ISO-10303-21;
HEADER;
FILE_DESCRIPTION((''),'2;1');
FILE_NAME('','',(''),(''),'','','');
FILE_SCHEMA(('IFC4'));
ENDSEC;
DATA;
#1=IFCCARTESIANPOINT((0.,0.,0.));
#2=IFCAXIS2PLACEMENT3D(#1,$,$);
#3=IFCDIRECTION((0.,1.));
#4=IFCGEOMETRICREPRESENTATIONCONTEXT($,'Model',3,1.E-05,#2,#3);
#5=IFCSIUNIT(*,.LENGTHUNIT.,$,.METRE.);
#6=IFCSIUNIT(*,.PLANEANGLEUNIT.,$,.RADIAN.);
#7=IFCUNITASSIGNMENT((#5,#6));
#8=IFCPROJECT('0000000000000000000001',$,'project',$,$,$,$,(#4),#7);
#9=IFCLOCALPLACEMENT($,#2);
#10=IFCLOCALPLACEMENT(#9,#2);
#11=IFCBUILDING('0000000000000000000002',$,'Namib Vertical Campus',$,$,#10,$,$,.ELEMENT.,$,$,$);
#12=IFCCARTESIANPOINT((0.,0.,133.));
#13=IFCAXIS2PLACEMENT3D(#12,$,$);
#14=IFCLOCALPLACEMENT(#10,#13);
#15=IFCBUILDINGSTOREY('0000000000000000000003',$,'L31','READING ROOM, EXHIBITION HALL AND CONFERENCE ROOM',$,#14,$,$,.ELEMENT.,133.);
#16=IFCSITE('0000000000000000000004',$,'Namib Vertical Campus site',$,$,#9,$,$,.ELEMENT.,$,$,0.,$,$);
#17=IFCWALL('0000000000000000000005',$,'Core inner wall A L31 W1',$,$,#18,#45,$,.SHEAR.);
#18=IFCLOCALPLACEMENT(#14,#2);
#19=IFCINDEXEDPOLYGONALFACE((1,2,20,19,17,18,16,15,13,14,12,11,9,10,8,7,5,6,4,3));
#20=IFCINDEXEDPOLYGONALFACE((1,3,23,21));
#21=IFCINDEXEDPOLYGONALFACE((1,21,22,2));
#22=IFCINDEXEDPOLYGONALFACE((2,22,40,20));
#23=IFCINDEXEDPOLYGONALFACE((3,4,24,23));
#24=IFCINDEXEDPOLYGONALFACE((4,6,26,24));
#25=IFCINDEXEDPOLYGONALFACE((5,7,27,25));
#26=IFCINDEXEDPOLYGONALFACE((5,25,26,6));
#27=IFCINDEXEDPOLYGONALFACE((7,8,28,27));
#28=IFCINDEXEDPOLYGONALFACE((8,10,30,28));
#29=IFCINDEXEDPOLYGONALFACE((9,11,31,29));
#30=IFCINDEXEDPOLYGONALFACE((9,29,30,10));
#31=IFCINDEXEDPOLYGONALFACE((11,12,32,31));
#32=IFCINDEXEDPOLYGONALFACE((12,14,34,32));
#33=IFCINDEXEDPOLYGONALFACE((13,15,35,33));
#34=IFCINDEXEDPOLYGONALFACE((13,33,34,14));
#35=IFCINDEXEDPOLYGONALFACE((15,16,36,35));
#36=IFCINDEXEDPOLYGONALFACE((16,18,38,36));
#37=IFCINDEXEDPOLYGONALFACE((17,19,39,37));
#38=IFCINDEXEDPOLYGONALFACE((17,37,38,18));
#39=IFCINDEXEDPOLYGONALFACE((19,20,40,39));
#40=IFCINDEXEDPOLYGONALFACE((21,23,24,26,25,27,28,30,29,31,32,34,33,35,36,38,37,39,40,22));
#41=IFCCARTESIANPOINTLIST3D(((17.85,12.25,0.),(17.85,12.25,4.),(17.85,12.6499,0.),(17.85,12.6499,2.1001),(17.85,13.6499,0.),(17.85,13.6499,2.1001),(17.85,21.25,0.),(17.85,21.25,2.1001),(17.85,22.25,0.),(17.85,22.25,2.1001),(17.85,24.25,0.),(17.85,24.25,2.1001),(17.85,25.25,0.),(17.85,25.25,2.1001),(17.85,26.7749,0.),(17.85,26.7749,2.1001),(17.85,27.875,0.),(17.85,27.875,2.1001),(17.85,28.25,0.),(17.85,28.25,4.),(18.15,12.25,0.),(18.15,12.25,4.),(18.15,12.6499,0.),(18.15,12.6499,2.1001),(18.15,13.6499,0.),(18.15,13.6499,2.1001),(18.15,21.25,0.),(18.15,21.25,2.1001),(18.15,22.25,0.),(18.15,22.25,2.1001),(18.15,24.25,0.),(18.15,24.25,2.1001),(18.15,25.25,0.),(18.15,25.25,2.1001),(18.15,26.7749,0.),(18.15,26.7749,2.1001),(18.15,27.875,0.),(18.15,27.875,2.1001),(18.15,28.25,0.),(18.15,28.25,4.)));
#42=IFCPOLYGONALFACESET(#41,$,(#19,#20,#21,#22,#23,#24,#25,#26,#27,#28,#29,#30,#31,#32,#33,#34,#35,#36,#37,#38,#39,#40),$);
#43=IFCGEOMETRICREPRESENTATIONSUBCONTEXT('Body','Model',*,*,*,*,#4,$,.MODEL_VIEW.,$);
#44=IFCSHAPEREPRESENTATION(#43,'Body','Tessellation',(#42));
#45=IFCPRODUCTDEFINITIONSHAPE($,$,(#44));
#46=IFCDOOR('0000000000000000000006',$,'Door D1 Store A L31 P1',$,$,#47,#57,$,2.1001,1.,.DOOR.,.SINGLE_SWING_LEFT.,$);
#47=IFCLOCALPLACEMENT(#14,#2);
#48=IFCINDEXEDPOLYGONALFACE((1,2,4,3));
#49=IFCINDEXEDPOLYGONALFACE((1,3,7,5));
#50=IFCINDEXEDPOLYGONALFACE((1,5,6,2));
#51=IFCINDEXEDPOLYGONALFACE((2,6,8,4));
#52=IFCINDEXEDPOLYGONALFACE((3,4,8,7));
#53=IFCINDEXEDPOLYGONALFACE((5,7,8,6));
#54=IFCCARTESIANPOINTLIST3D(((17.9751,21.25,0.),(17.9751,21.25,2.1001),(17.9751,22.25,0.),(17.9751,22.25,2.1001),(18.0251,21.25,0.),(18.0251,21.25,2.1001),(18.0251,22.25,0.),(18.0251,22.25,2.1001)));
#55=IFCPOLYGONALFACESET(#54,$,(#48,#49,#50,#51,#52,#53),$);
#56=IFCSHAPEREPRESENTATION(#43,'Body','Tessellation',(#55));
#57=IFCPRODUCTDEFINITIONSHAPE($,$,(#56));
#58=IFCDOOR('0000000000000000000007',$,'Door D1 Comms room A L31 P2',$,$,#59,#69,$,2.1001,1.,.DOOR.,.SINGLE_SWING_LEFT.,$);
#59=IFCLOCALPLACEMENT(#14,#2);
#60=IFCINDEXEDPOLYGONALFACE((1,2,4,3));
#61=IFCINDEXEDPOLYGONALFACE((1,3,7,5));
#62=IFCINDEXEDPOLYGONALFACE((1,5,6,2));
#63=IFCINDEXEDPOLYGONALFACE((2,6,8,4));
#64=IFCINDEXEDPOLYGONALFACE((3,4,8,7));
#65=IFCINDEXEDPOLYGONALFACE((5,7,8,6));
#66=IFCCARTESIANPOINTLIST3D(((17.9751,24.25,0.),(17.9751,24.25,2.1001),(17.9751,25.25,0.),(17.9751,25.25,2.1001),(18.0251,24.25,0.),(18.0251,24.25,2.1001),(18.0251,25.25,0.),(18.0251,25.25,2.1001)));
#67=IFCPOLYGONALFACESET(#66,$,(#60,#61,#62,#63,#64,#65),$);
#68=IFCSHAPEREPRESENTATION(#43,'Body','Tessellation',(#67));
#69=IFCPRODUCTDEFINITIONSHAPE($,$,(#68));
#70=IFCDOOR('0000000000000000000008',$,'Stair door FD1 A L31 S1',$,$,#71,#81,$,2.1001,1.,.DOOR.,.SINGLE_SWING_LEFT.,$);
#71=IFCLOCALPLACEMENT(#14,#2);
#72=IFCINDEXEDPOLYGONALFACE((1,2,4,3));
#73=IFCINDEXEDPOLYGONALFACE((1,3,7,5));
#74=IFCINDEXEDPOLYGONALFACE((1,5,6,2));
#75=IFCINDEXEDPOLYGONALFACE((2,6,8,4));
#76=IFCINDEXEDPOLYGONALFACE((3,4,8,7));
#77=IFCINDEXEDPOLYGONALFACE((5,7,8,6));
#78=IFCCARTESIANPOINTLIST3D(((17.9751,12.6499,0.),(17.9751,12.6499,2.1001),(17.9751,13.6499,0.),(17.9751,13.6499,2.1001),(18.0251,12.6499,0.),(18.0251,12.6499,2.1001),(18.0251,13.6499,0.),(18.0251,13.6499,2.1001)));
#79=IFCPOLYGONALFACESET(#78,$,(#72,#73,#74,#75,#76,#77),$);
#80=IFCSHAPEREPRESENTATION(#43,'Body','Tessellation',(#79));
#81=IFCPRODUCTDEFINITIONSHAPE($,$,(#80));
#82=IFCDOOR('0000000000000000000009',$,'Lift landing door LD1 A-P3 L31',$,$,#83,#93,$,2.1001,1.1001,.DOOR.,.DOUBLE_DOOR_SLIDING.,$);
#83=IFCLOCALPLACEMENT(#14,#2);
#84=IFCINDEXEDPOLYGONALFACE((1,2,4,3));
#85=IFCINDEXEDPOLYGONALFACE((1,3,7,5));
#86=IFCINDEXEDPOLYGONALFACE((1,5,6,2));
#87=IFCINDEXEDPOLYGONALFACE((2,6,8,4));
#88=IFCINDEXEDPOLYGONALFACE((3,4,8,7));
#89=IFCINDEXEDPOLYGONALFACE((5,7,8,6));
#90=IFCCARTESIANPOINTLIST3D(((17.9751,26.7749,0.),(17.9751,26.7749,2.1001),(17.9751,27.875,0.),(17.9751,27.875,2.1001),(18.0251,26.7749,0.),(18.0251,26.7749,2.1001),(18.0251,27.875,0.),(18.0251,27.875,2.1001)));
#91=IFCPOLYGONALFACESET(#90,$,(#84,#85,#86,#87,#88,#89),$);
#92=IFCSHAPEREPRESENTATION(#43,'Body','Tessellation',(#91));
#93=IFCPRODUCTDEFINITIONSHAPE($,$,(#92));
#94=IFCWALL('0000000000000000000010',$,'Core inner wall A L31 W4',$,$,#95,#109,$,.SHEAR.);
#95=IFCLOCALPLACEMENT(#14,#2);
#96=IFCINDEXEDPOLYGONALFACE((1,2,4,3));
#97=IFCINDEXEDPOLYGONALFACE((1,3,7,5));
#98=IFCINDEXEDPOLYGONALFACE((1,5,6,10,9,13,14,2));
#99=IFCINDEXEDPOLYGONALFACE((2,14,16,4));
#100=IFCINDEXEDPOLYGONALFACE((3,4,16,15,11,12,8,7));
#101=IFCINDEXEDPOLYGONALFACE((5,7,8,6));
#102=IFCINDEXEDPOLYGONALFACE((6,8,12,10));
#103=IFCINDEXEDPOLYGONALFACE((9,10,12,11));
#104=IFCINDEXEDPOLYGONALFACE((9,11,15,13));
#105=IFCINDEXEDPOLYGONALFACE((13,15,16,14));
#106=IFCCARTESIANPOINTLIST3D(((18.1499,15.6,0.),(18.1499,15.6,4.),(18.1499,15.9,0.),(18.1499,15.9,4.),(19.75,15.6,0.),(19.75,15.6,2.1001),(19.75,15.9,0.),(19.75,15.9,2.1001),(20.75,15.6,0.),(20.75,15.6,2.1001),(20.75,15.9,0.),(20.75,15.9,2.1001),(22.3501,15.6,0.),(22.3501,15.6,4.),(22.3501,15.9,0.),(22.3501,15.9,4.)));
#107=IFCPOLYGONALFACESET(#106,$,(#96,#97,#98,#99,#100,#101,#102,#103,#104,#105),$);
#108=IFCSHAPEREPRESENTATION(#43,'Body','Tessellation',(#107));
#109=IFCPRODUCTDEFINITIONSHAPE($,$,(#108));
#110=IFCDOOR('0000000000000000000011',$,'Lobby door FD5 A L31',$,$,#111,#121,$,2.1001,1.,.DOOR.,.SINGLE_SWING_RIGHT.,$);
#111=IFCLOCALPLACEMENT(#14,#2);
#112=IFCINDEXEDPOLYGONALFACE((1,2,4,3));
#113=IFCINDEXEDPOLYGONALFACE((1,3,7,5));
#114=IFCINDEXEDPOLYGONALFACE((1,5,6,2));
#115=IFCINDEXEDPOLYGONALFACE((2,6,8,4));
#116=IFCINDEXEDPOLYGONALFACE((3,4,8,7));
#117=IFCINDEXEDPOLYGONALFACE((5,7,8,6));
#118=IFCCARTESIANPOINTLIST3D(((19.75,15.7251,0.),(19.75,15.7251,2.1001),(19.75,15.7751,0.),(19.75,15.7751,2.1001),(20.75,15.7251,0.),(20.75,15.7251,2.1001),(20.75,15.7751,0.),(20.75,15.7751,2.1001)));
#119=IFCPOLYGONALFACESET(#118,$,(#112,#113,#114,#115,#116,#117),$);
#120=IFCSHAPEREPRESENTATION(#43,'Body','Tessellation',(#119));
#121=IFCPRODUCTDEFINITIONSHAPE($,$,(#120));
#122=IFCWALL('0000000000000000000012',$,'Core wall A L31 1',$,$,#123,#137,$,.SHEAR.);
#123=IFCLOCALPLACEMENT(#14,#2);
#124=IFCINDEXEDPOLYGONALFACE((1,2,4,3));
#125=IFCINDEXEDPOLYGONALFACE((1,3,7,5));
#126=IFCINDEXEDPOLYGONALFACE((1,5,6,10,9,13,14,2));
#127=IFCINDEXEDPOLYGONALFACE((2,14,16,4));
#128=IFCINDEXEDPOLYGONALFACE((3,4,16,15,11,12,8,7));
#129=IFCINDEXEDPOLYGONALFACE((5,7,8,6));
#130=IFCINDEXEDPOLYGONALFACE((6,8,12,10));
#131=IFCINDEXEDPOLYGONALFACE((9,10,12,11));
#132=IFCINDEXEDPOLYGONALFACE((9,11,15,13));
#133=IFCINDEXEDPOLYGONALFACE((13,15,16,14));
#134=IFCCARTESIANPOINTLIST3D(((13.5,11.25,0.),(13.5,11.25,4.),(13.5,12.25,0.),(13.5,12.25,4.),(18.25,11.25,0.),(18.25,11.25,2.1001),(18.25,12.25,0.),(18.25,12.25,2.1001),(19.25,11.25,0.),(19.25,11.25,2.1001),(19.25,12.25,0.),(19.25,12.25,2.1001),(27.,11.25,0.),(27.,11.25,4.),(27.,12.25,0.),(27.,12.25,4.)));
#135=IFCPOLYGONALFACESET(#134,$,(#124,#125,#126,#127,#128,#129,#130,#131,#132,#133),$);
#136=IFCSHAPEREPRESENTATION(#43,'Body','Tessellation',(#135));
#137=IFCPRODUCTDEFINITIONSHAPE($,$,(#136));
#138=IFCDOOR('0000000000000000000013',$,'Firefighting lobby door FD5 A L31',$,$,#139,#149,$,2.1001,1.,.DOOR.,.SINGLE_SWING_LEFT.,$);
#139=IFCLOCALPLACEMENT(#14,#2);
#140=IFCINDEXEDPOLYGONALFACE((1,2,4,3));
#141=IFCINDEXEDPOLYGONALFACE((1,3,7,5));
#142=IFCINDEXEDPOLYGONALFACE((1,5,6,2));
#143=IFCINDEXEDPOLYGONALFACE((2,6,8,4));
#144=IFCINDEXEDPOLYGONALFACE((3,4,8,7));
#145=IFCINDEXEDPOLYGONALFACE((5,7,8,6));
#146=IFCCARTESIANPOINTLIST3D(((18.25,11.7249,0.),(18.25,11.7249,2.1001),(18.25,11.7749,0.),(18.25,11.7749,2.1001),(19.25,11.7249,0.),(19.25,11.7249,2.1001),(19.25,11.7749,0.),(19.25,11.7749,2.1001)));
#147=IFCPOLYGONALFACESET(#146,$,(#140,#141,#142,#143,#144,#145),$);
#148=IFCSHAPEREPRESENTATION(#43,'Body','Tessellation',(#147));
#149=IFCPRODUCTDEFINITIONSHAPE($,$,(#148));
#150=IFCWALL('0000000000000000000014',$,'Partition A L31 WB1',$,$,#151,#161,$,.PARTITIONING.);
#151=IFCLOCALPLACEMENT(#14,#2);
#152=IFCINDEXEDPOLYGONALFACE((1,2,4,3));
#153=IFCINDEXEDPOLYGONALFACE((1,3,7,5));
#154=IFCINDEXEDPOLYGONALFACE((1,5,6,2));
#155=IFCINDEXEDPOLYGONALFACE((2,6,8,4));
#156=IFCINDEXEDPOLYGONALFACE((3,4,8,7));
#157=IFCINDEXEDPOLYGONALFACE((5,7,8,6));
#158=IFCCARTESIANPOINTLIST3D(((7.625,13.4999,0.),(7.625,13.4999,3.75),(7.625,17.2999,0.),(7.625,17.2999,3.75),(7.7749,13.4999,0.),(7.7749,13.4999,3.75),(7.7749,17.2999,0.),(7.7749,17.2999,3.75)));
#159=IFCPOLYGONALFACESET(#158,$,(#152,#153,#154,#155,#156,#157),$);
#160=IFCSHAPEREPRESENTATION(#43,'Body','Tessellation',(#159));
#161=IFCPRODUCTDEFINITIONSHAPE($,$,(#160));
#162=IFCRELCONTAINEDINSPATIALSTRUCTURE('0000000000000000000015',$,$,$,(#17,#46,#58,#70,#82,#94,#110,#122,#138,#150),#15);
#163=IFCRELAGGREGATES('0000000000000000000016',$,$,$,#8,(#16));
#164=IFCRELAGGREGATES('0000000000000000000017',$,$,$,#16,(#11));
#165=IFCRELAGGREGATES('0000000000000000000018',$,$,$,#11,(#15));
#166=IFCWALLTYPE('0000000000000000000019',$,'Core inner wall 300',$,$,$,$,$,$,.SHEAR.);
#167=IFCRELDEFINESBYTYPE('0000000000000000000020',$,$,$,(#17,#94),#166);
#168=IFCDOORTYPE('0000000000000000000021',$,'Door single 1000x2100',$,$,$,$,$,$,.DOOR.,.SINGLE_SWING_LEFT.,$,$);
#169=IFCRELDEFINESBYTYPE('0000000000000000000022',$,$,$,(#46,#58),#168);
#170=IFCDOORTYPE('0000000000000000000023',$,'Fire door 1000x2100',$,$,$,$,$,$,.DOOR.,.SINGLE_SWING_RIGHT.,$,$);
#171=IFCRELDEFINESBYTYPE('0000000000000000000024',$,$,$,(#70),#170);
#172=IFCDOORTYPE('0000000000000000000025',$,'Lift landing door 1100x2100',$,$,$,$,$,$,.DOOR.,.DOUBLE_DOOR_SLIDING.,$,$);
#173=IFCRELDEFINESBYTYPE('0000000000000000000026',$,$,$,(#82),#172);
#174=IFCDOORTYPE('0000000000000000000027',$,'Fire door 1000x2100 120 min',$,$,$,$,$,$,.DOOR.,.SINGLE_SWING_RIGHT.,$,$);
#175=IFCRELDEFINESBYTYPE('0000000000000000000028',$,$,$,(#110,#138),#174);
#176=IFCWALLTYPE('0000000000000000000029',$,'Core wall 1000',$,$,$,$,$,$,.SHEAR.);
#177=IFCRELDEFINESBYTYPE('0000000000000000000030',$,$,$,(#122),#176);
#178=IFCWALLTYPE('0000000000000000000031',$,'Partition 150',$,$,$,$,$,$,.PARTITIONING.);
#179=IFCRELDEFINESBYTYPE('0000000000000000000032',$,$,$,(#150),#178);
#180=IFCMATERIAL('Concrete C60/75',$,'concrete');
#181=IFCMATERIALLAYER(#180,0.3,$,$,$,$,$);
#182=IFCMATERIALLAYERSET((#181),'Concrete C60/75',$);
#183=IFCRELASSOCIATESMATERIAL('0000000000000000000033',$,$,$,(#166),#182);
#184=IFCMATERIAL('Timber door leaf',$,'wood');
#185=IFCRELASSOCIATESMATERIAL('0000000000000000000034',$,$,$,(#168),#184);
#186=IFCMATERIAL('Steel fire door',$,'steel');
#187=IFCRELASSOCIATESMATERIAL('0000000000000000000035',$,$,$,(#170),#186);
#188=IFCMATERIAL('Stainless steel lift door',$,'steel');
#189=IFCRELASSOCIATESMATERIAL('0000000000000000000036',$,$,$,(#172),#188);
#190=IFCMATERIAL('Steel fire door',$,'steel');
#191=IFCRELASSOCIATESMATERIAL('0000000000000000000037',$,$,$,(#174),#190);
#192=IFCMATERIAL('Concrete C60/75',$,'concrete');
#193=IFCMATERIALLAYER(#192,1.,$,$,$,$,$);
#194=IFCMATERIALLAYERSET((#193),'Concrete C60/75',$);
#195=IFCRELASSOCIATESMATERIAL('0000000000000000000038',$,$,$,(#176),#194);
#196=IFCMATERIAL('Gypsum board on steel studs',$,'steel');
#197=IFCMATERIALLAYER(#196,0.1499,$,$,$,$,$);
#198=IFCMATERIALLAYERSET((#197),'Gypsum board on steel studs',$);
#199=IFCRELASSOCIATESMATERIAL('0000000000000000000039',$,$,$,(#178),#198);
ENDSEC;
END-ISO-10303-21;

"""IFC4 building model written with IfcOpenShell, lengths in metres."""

from ifc_helpers import new_model, si_unit, direction, frame, frame_2d, origin, place, context, subcontext, project, spatial, rectangle, extrude, material, layer, layer_set, type_object, element, fill, save


model = new_model("IFC4")

# Units and contexts
model_context = context("Model", 3, precision=1e-05, world=origin(), true_north=direction((0.0, 1.0)))
body_context = subcontext(model_context, "Body", "Model", "MODEL_VIEW")
ifc_project = project(units=[si_unit("LENGTHUNIT", "METRE"), si_unit("PLANEANGLEUNIT", "RADIAN")], contexts=[model_context])

# Site, building, storey
site_placement = place(None, origin())
site = spatial("IfcSite", under=ifc_project, at=site_placement, Name="Namib Vertical Campus site", CompositionType="ELEMENT", RefElevation=0.0)
building_placement = place(site_placement, origin())
building = spatial("IfcBuilding", under=site, at=building_placement, Name="Namib Vertical Campus", CompositionType="ELEMENT")
storey_placement = place(building_placement, frame((0.0, 0.0, 133.0)))
storey = spatial("IfcBuildingStorey", under=building, at=storey_placement, Name="L31", Description="READING ROOM, EXHIBITION HALL AND CONFERENCE ROOM", CompositionType="ELEMENT", Elevation=133.0)

# Wall, openings, doors
ifc_material_1 = material(Name="Concrete C60/75", Category="concrete")
ifc_layer_1 = layer(ifc_material_1, 0.3)
ifc_layer_set_1 = layer_set([ifc_layer_1], Name="Concrete C60/75")
wall_type_1 = type_object("IfcWallType", Name="Core inner wall 300", PredefinedType="SHEAR", material=ifc_layer_set_1)
wall_1_placement = place(storey_placement, frame((18.0, 12.25, 0.0), z_axis=(0.0, 0.0, 1.0), x_axis=(0.0, 1.0, 0.0)))
wall_1 = element("IfcWall", 1, at=wall_1_placement, inside=storey, type_object=wall_type_1, Name="Core inner wall A L31 W1", PredefinedType="SHEAR", context=body_context, shape_type="SweptSolid", body=[
    extrude(rectangle(XDim=16.0, YDim=0.3, at=frame_2d((8.0, 0.0))), origin(), (0.0, 0.0, 1.0), 4.0),
])
opening_1_placement = place(wall_1_placement, frame((0.3999, 0.0, 0.0)))
opening_1 = element("IfcOpeningElement", 2, at=opening_1_placement, cuts=wall_1, PredefinedType="OPENING", context=body_context, shape_type="SweptSolid", body=[
    extrude(rectangle(XDim=1.0, YDim=2.1001, at=frame_2d((0.5, 1.05))), frame((0.0, 0.1599, 0.0), z_axis=(0.0, -1.0, 0.0), x_axis=(1.0, 0.0, 0.0)), (0.0, 0.0, 1.0), 0.3201),
])
opening_2_placement = place(wall_1_placement, frame((14.5249, 0.0, 0.0)))
opening_2 = element("IfcOpeningElement", 3, at=opening_2_placement, cuts=wall_1, PredefinedType="OPENING", context=body_context, shape_type="SweptSolid", body=[
    extrude(rectangle(XDim=1.1001, YDim=2.1001, at=frame_2d((0.55, 1.05))), frame((0.0, 0.1599, 0.0), z_axis=(0.0, -1.0, 0.0), x_axis=(1.0, 0.0, 0.0)), (0.0, 0.0, 1.0), 0.3201),
])
opening_3_placement = place(wall_1_placement, frame((9.0, 0.0, 0.0)))
opening_3 = element("IfcOpeningElement", 4, at=opening_3_placement, cuts=wall_1, PredefinedType="OPENING", context=body_context, shape_type="SweptSolid", body=[
    extrude(rectangle(XDim=1.0, YDim=2.1001, at=frame_2d((0.5, 1.05))), frame((0.0, 0.1599, 0.0), z_axis=(0.0, -1.0, 0.0), x_axis=(1.0, 0.0, 0.0)), (0.0, 0.0, 1.0), 0.3201),
])
opening_4_placement = place(wall_1_placement, frame((12.0, 0.0, 0.0)))
opening_4 = element("IfcOpeningElement", 5, at=opening_4_placement, cuts=wall_1, PredefinedType="OPENING", context=body_context, shape_type="SweptSolid", body=[
    extrude(rectangle(XDim=1.0, YDim=2.1001, at=frame_2d((0.5, 1.05))), frame((0.0, 0.1599, 0.0), z_axis=(0.0, -1.0, 0.0), x_axis=(1.0, 0.0, 0.0)), (0.0, 0.0, 1.0), 0.3201),
])
ifc_material_2 = material(Name="Timber door leaf", Category="wood")
door_type_1 = type_object("IfcDoorType", Name="Door single 1000x2100", OperationType="SINGLE_SWING_LEFT", PredefinedType="DOOR", material=ifc_material_2)
door_1_placement = place(opening_3_placement, origin())
door_1 = element("IfcDoor", 6, at=door_1_placement, inside=storey, type_object=door_type_1, Name="Door D1 Store A L31 P1", OperationType="SINGLE_SWING_LEFT", OverallHeight=2.1001, OverallWidth=1.0, PredefinedType="DOOR", context=body_context, shape_type="SweptSolid", body=[
    extrude(rectangle(XDim=1.0, YDim=2.1001, at=frame_2d((0.5, 1.05))), frame((0.0, 0.0249, 0.0), z_axis=(0.0, -1.0, 0.0), x_axis=(1.0, 0.0, 0.0)), (0.0, 0.0, 1.0), 0.05),
])
fill(opening_3, door_1)
door_2_placement = place(opening_4_placement, origin())
door_2 = element("IfcDoor", 7, at=door_2_placement, inside=storey, type_object=door_type_1, Name="Door D1 Comms room A L31 P2", OperationType="SINGLE_SWING_LEFT", OverallHeight=2.1001, OverallWidth=1.0, PredefinedType="DOOR", context=body_context, shape_type="SweptSolid", body=[
    extrude(rectangle(XDim=1.0, YDim=2.1001, at=frame_2d((0.5, 1.05))), frame((0.0, 0.0249, 0.0), z_axis=(0.0, -1.0, 0.0), x_axis=(1.0, 0.0, 0.0)), (0.0, 0.0, 1.0), 0.05),
])
fill(opening_4, door_2)
ifc_material_3 = material(Name="Steel fire door", Category="steel")
door_type_2 = type_object("IfcDoorType", Name="Fire door 1000x2100", OperationType="SINGLE_SWING_RIGHT", PredefinedType="DOOR", material=ifc_material_3)
door_3_placement = place(opening_1_placement, origin())
door_3 = element("IfcDoor", 8, at=door_3_placement, inside=storey, type_object=door_type_2, Name="Stair door FD1 A L31 S1", OperationType="SINGLE_SWING_LEFT", OverallHeight=2.1001, OverallWidth=1.0, PredefinedType="DOOR", context=body_context, shape_type="SweptSolid", body=[
    extrude(rectangle(XDim=1.0, YDim=2.1001, at=frame_2d((0.5, 1.05))), frame((0.0, 0.0249, 0.0), z_axis=(0.0, -1.0, 0.0), x_axis=(1.0, 0.0, 0.0)), (0.0, 0.0, 1.0), 0.05),
])
fill(opening_1, door_3)
ifc_material_4 = material(Name="Stainless steel lift door", Category="steel")
door_type_3 = type_object("IfcDoorType", Name="Lift landing door 1100x2100", OperationType="DOUBLE_DOOR_SLIDING", PredefinedType="DOOR", material=ifc_material_4)
door_4_placement = place(opening_2_placement, origin())
door_4 = element("IfcDoor", 9, at=door_4_placement, inside=storey, type_object=door_type_3, Name="Lift landing door LD1 A-P3 L31", OperationType="DOUBLE_DOOR_SLIDING", OverallHeight=2.1001, OverallWidth=1.1001, PredefinedType="DOOR", context=body_context, shape_type="SweptSolid", body=[
    extrude(rectangle(XDim=1.1001, YDim=2.1001, at=frame_2d((0.55, 1.05))), frame((0.0, 0.0249, 0.0), z_axis=(0.0, -1.0, 0.0), x_axis=(1.0, 0.0, 0.0)), (0.0, 0.0, 1.0), 0.05),
])
fill(opening_2, door_4)

# Walls, openings, doors
wall_2_placement = place(storey_placement, frame((18.1499, 15.75, 0.0), z_axis=(0.0, 0.0, 1.0), x_axis=(1.0, 0.0, 0.0)))
wall_2 = element("IfcWall", 10, at=wall_2_placement, inside=storey, type_object=wall_type_1, Name="Core inner wall A L31 W4", PredefinedType="SHEAR", context=body_context, shape_type="SweptSolid", body=[
    extrude(rectangle(XDim=4.2002, YDim=0.3, at=frame_2d((2.1001, 0.0))), origin(), (0.0, 0.0, 1.0), 4.0),
])
opening_5_placement = place(wall_2_placement, frame((1.6001, 0.0, 0.0)))
opening_5 = element("IfcOpeningElement", 11, at=opening_5_placement, cuts=wall_2, PredefinedType="OPENING", context=body_context, shape_type="SweptSolid", body=[
    extrude(rectangle(XDim=1.0, YDim=2.1001, at=frame_2d((0.5, 1.05))), frame((0.0, 0.1599, 0.0), z_axis=(0.0, -1.0, 0.0), x_axis=(1.0, 0.0, 0.0)), (0.0, 0.0, 1.0), 0.3201),
])
ifc_material_5 = material(Name="Steel fire door", Category="steel")
door_type_4 = type_object("IfcDoorType", Name="Fire door 1000x2100 120 min", OperationType="SINGLE_SWING_RIGHT", PredefinedType="DOOR", material=ifc_material_5)
door_5_placement = place(opening_5_placement, frame((1.0, 0.0, 0.0), z_axis=(0.0, 0.0, 1.0), x_axis=(-1.0, 0.0, 0.0)))
door_5 = element("IfcDoor", 12, at=door_5_placement, inside=storey, type_object=door_type_4, Name="Lobby door FD5 A L31", OperationType="SINGLE_SWING_RIGHT", OverallHeight=2.1001, OverallWidth=1.0, PredefinedType="DOOR", context=body_context, shape_type="SweptSolid", body=[
    extrude(rectangle(XDim=1.0, YDim=2.1001, at=frame_2d((0.5, 1.05))), frame((0.0, 0.0249, 0.0), z_axis=(0.0, -1.0, 0.0), x_axis=(1.0, 0.0, 0.0)), (0.0, 0.0, 1.0), 0.05),
])
fill(opening_5, door_5)
ifc_material_6 = material(Name="Concrete C60/75", Category="concrete")
ifc_layer_2 = layer(ifc_material_6, 1.0)
ifc_layer_set_2 = layer_set([ifc_layer_2], Name="Concrete C60/75")
wall_type_2 = type_object("IfcWallType", Name="Core wall 1000", PredefinedType="SHEAR", material=ifc_layer_set_2)
wall_3_placement = place(storey_placement, frame((13.5, 11.75, 0.0), z_axis=(0.0, 0.0, 1.0), x_axis=(1.0, 0.0, 0.0)))
wall_3 = element("IfcWall", 13, at=wall_3_placement, inside=storey, type_object=wall_type_2, Name="Core wall A L31 1", PredefinedType="SHEAR", context=body_context, shape_type="SweptSolid", body=[
    extrude(rectangle(XDim=13.5, YDim=1.0, at=frame_2d((6.75, 0.0))), origin(), (0.0, 0.0, 1.0), 4.0),
])
opening_6_placement = place(wall_3_placement, frame((4.75, 0.0, 0.0)))
opening_6 = element("IfcOpeningElement", 14, at=opening_6_placement, cuts=wall_3, PredefinedType="OPENING", context=body_context, shape_type="SweptSolid", body=[
    extrude(rectangle(XDim=1.0, YDim=2.1001, at=frame_2d((0.5, 1.05))), frame((0.0, 0.51, 0.0), z_axis=(0.0, -1.0, 0.0), x_axis=(1.0, 0.0, 0.0)), (0.0, 0.0, 1.0), 1.02),
])
door_6_placement = place(opening_6_placement, origin())
door_6 = element("IfcDoor", 15, at=door_6_placement, inside=storey, type_object=door_type_4, Name="Firefighting lobby door FD5 A L31", OperationType="SINGLE_SWING_LEFT", OverallHeight=2.1001, OverallWidth=1.0, PredefinedType="DOOR", context=body_context, shape_type="SweptSolid", body=[
    extrude(rectangle(XDim=1.0, YDim=2.1001, at=frame_2d((0.5, 1.05))), frame((0.0, 0.0249, 0.0), z_axis=(0.0, -1.0, 0.0), x_axis=(1.0, 0.0, 0.0)), (0.0, 0.0, 1.0), 0.05),
])
fill(opening_6, door_6)

# Wall
ifc_material_7 = material(Name="Gypsum board on steel studs", Category="steel")
ifc_layer_3 = layer(ifc_material_7, 0.1499)
ifc_layer_set_3 = layer_set([ifc_layer_3], Name="Gypsum board on steel studs")
wall_type_3 = type_object("IfcWallType", Name="Partition 150", PredefinedType="PARTITIONING", material=ifc_layer_set_3)
wall_4_placement = place(storey_placement, frame((7.7, 13.5, 0.0), z_axis=(0.0, 0.0, 1.0), x_axis=(0.0, 1.0, 0.0)))
element("IfcWall", 16, at=wall_4_placement, inside=storey, type_object=wall_type_3, Name="Partition A L31 WB1", PredefinedType="PARTITIONING", context=body_context, shape_type="SweptSolid", body=[
    extrude(rectangle(XDim=3.8, YDim=0.1499, at=frame_2d((1.8999, 0.0))), origin(), (0.0, 0.0, 1.0), 3.75),
])

save(model, "model.ifc")
